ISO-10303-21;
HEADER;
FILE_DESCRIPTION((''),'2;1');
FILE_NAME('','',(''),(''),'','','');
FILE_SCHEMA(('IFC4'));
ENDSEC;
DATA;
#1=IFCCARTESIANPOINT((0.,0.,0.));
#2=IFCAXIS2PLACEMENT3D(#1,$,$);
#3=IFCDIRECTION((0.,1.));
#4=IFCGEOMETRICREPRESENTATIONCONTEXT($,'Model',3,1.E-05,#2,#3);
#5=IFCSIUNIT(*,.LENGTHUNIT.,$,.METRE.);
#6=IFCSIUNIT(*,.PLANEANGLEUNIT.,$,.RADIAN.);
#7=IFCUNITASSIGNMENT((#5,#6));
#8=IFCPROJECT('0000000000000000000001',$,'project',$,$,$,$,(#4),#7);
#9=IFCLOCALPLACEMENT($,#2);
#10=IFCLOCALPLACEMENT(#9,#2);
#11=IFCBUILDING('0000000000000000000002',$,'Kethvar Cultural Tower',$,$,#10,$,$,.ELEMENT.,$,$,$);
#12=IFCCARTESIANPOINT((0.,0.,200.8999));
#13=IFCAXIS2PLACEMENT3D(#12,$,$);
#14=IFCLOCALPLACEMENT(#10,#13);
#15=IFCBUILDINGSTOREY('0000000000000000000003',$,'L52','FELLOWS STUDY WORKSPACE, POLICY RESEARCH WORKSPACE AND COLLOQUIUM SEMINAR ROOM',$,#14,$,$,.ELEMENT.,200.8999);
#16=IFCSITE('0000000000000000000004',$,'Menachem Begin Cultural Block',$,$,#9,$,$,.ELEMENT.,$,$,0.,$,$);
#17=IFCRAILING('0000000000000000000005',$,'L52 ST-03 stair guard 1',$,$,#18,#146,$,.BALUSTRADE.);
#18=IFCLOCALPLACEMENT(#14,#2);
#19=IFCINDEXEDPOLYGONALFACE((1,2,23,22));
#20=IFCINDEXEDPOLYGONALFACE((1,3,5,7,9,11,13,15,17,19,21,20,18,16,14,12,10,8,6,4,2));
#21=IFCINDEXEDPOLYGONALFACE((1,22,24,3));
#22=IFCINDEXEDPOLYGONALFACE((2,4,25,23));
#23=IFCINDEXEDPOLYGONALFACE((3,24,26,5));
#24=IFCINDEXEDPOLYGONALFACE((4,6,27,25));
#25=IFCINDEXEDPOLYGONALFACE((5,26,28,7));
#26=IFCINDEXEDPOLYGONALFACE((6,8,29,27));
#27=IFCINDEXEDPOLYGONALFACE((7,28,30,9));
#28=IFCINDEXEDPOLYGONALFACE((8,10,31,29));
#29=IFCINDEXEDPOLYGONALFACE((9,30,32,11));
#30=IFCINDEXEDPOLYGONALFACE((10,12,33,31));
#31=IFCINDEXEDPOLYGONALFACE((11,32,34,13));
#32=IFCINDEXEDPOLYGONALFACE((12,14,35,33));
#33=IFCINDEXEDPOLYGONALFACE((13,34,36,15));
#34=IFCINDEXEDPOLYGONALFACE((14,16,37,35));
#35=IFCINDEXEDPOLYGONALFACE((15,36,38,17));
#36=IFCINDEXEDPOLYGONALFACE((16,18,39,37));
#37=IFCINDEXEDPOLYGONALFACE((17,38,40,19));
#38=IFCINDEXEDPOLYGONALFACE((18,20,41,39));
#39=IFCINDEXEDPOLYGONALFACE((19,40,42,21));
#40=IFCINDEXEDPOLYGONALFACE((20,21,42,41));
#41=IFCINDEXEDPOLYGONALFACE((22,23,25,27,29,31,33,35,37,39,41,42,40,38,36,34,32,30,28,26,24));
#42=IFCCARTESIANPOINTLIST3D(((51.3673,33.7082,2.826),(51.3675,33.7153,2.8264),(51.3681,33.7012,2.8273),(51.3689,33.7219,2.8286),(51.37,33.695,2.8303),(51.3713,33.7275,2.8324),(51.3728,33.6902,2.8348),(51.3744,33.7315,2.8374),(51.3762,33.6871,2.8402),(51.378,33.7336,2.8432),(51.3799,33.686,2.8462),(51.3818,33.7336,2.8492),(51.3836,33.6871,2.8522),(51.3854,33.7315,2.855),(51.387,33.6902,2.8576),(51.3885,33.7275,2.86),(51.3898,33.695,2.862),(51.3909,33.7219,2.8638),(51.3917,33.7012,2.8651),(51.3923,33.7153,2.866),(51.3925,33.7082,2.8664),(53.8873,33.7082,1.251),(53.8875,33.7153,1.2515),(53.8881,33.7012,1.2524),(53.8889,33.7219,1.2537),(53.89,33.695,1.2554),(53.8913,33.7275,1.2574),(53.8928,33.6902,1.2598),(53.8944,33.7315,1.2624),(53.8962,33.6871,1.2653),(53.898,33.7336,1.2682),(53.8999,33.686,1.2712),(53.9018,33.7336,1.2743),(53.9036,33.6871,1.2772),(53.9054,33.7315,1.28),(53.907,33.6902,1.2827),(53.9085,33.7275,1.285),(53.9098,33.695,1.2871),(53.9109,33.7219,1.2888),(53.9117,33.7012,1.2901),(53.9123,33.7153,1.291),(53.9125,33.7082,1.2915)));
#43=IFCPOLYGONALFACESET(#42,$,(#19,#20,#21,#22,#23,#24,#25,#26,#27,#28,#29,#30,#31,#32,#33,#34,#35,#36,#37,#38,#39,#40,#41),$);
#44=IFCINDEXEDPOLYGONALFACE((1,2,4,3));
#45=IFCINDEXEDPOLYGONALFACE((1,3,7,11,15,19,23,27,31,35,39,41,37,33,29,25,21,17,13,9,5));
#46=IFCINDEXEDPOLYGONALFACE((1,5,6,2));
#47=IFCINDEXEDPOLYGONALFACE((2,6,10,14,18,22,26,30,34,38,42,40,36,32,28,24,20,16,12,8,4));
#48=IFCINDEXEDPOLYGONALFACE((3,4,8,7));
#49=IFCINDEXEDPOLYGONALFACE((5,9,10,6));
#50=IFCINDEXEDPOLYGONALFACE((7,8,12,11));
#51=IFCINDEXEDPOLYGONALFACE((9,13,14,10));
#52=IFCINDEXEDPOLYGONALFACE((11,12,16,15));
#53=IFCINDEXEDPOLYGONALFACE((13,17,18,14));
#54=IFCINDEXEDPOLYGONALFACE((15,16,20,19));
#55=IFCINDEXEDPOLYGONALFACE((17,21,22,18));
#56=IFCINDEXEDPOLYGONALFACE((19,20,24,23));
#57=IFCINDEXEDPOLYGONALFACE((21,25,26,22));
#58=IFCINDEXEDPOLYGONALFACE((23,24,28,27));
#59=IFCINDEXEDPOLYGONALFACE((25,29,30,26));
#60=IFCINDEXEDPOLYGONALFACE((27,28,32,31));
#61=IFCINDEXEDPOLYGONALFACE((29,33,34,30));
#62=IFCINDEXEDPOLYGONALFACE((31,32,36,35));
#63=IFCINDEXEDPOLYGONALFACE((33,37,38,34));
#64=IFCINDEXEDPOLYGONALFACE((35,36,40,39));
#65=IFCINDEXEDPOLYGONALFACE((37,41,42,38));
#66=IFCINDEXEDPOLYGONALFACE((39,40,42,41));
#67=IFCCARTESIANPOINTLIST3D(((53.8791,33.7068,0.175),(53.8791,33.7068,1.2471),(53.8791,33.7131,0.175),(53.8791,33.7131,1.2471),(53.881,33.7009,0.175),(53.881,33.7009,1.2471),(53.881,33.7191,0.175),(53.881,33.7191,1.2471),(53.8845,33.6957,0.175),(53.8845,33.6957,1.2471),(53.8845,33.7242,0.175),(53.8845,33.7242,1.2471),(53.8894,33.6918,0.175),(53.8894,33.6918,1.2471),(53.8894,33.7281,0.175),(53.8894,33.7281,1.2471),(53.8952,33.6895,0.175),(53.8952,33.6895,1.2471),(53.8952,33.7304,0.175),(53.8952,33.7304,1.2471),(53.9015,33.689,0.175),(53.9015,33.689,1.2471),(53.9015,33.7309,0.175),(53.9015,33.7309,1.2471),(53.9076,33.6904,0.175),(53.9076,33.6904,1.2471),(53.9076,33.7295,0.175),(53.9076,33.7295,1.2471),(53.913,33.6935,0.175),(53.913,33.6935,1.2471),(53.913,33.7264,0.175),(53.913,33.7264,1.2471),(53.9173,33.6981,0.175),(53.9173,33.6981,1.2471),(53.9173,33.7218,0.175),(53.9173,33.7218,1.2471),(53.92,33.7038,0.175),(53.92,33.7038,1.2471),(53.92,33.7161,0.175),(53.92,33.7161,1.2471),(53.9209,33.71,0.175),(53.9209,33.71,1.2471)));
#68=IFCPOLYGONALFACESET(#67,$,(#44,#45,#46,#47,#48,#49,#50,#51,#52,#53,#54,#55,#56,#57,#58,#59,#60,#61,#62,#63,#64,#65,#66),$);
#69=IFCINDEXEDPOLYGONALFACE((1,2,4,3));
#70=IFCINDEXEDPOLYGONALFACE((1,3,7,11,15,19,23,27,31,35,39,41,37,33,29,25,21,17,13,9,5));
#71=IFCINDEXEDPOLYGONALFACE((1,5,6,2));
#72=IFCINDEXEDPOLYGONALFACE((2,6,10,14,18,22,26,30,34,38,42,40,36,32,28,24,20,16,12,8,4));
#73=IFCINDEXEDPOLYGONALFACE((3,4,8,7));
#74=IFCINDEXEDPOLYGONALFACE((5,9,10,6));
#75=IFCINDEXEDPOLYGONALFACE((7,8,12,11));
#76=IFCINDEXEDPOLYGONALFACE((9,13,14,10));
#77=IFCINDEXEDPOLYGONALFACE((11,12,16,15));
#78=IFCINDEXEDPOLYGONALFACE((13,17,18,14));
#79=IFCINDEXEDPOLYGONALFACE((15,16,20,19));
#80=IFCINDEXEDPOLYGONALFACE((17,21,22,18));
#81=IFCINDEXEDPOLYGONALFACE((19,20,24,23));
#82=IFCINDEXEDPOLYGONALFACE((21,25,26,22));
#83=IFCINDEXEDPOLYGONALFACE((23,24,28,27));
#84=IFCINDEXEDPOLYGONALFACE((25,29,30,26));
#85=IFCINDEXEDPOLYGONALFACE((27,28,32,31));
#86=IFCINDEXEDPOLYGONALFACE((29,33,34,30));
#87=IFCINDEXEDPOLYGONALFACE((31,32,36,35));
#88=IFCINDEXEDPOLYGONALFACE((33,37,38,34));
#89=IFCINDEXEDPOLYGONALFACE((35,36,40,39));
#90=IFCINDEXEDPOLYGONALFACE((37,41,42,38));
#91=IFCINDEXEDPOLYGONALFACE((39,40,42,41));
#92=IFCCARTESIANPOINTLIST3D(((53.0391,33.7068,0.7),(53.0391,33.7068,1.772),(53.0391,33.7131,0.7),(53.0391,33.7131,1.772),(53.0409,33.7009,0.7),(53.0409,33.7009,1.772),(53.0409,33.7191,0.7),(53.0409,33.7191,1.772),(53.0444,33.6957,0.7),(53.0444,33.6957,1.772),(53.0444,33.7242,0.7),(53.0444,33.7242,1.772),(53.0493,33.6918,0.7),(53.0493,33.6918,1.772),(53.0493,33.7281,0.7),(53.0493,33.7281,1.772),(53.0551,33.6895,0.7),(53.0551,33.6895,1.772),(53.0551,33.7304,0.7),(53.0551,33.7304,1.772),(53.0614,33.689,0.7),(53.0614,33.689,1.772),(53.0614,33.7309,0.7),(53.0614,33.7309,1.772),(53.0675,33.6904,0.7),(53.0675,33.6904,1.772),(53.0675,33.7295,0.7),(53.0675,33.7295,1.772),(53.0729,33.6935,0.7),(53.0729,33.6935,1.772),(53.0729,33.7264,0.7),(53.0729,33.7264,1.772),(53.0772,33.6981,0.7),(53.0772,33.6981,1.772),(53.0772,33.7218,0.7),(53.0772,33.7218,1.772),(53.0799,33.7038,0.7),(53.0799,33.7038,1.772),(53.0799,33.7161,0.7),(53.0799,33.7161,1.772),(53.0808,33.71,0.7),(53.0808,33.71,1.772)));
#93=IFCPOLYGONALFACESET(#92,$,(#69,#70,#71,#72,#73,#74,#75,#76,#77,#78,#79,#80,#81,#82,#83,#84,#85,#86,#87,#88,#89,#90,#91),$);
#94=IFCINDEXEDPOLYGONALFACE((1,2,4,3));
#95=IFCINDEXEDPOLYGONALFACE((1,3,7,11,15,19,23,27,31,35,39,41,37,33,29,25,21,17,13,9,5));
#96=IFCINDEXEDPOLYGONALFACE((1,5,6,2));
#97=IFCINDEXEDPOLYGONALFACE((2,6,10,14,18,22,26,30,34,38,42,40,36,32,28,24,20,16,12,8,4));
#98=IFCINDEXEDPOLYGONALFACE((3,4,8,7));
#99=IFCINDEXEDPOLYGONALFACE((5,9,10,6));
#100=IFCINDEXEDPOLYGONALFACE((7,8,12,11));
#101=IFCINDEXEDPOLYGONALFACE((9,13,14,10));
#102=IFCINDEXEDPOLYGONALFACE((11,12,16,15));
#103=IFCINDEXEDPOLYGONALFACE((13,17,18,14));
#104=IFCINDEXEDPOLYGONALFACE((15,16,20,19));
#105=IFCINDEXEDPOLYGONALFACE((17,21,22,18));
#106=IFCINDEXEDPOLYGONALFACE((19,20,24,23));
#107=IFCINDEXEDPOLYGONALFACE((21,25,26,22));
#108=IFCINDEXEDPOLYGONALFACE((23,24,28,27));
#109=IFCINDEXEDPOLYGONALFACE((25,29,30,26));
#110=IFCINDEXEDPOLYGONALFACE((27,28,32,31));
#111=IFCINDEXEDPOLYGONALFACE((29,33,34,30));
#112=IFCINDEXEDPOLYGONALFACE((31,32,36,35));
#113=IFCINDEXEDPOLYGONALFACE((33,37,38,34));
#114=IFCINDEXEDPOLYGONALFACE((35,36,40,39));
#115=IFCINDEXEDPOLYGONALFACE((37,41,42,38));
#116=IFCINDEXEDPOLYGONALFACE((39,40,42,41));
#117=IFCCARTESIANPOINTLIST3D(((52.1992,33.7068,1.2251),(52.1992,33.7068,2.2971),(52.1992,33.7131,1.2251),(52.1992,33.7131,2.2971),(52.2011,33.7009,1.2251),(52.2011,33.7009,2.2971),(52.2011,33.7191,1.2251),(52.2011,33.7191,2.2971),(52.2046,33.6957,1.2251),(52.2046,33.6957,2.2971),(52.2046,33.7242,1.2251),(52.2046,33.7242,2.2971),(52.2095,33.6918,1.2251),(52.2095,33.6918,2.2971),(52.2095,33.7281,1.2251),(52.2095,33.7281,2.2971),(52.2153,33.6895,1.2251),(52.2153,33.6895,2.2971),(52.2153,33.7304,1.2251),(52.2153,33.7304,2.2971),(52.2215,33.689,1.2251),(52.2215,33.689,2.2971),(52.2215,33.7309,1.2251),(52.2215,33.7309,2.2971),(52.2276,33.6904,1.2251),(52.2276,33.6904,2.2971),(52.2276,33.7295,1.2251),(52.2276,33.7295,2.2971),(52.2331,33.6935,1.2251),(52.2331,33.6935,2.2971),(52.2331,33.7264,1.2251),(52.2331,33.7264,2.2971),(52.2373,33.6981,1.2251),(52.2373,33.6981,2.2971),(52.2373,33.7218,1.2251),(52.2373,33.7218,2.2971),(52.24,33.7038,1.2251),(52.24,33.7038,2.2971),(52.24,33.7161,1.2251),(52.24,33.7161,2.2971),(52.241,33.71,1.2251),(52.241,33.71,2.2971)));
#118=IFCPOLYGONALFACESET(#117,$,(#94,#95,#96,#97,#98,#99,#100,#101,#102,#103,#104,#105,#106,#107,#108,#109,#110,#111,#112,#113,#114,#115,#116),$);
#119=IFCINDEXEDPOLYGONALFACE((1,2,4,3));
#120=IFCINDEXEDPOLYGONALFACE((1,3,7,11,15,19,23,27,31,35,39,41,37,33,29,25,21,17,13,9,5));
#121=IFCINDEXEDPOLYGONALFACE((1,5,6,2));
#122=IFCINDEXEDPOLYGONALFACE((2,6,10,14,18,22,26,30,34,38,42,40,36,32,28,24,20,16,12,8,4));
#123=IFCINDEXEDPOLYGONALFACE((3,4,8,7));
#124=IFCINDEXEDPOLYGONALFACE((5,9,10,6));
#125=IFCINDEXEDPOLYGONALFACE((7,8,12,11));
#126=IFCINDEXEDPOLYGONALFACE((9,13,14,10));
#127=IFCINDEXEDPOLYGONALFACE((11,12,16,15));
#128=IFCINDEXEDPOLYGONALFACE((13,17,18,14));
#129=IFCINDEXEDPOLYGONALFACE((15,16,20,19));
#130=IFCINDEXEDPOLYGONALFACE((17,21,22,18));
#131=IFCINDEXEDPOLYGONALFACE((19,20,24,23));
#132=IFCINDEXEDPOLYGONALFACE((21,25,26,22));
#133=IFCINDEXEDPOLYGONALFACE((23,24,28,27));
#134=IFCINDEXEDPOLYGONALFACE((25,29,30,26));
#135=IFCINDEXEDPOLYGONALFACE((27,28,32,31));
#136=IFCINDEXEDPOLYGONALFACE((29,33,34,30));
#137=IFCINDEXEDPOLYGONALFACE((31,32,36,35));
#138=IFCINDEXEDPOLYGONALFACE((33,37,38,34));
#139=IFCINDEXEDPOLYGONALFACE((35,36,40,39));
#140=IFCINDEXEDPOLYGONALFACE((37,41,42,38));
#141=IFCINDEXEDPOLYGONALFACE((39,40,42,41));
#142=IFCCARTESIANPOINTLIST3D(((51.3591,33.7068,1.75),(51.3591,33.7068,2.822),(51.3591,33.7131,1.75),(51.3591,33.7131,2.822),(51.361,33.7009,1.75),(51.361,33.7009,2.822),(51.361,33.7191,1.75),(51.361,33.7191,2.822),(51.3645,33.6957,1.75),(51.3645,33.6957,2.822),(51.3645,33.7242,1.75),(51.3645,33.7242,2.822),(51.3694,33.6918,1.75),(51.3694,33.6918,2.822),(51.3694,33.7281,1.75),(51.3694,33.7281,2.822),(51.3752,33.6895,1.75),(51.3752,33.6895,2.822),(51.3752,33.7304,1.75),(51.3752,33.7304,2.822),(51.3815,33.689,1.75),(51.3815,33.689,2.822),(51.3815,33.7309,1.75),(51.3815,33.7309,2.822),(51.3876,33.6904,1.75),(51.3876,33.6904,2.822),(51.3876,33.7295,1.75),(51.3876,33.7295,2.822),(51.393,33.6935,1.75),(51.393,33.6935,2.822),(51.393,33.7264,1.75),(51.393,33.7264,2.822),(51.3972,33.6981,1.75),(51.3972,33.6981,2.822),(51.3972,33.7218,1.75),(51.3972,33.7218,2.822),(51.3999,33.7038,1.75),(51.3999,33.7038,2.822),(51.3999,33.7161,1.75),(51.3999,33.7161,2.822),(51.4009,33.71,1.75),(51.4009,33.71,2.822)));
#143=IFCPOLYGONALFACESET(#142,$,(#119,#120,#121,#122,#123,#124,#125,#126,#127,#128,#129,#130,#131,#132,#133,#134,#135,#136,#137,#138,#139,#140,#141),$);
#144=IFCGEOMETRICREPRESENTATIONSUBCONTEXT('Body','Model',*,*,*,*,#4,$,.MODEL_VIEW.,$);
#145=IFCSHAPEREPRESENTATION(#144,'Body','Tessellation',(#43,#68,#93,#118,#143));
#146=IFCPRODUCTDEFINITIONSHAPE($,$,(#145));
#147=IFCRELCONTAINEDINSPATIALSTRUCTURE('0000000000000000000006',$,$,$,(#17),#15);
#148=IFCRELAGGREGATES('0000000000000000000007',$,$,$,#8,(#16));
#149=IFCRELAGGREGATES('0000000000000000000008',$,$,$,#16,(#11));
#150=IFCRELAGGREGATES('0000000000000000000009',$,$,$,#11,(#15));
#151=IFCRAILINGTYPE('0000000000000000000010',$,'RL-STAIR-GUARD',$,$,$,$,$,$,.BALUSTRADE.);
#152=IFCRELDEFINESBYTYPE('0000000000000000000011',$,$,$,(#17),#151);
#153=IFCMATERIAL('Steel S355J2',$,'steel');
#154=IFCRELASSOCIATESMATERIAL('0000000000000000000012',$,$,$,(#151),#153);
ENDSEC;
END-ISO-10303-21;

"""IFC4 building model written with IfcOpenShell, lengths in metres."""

from ifc_helpers import new_model, si_unit, direction, frame, origin, origin_2d, place, context, subcontext, project, spatial, circle, extrude, material, type_object, element, save


model = new_model("IFC4")

# Units and contexts
model_context = context("Model", 3, precision=1e-05, world=origin(), true_north=direction((0.0, 1.0)))
body_context = subcontext(model_context, "Body", "Model", "MODEL_VIEW")
ifc_project = project(units=[si_unit("LENGTHUNIT", "METRE"), si_unit("PLANEANGLEUNIT", "RADIAN")], contexts=[model_context])

# Site, building, storey
site_placement = place(None, origin())
site = spatial("IfcSite", under=ifc_project, at=site_placement, Name="Menachem Begin Cultural Block", CompositionType="ELEMENT", RefElevation=0.0)
building_placement = place(site_placement, origin())
building = spatial("IfcBuilding", under=site, at=building_placement, Name="Kethvar Cultural Tower", CompositionType="ELEMENT")
storey_placement = place(building_placement, frame((0.0, 0.0, 200.8999)))
storey = spatial("IfcBuildingStorey", under=building, at=storey_placement, Name="L52", Description="FELLOWS STUDY WORKSPACE, POLICY RESEARCH WORKSPACE AND COLLOQUIUM SEMINAR ROOM", CompositionType="ELEMENT", Elevation=200.8999)

# Shared definitions
ifc_material_1 = material(Name="Steel S355J2", Category="steel")

# Railing
railing_type_1 = type_object("IfcRailingType", Name="RL-STAIR-GUARD", PredefinedType="BALUSTRADE", material=ifc_material_1)
railing_1_placement = place(storey_placement, frame((53.8999, 33.71, 0.175)))
element("IfcRailing", 1, at=railing_1_placement, inside=storey, type_object=railing_type_1, Name="L52 ST-03 stair guard 1", PredefinedType="BALUSTRADE", context=body_context, shape_type="SweptSolid", body=[
    extrude(circle(Radius=0.0239, at=origin_2d()), frame((0.0, 0.0, 1.0962), z_axis=(-0.848008, 0.0, 0.529984), x_axis=(0.0, -1.0, 0.0)), (0.0, 0.0, 1.0), 2.9717),
    extrude(circle(Radius=0.021, at=origin_2d()), origin(), (0.0, 0.0, 1.0), 1.072),
    extrude(circle(Radius=0.021, at=origin_2d()), frame((-0.8401, 0.0, 0.5249)), (0.0, 0.0, 1.0), 1.072),
    extrude(circle(Radius=0.021, at=origin_2d()), frame((-1.6799, 0.0, 1.05)), (0.0, 0.0, 1.0), 1.072),
    extrude(circle(Radius=0.021, at=origin_2d()), frame((-2.52, 0.0, 1.575)), (0.0, 0.0, 1.0), 1.072),
])

save(model, "model.ifc")
